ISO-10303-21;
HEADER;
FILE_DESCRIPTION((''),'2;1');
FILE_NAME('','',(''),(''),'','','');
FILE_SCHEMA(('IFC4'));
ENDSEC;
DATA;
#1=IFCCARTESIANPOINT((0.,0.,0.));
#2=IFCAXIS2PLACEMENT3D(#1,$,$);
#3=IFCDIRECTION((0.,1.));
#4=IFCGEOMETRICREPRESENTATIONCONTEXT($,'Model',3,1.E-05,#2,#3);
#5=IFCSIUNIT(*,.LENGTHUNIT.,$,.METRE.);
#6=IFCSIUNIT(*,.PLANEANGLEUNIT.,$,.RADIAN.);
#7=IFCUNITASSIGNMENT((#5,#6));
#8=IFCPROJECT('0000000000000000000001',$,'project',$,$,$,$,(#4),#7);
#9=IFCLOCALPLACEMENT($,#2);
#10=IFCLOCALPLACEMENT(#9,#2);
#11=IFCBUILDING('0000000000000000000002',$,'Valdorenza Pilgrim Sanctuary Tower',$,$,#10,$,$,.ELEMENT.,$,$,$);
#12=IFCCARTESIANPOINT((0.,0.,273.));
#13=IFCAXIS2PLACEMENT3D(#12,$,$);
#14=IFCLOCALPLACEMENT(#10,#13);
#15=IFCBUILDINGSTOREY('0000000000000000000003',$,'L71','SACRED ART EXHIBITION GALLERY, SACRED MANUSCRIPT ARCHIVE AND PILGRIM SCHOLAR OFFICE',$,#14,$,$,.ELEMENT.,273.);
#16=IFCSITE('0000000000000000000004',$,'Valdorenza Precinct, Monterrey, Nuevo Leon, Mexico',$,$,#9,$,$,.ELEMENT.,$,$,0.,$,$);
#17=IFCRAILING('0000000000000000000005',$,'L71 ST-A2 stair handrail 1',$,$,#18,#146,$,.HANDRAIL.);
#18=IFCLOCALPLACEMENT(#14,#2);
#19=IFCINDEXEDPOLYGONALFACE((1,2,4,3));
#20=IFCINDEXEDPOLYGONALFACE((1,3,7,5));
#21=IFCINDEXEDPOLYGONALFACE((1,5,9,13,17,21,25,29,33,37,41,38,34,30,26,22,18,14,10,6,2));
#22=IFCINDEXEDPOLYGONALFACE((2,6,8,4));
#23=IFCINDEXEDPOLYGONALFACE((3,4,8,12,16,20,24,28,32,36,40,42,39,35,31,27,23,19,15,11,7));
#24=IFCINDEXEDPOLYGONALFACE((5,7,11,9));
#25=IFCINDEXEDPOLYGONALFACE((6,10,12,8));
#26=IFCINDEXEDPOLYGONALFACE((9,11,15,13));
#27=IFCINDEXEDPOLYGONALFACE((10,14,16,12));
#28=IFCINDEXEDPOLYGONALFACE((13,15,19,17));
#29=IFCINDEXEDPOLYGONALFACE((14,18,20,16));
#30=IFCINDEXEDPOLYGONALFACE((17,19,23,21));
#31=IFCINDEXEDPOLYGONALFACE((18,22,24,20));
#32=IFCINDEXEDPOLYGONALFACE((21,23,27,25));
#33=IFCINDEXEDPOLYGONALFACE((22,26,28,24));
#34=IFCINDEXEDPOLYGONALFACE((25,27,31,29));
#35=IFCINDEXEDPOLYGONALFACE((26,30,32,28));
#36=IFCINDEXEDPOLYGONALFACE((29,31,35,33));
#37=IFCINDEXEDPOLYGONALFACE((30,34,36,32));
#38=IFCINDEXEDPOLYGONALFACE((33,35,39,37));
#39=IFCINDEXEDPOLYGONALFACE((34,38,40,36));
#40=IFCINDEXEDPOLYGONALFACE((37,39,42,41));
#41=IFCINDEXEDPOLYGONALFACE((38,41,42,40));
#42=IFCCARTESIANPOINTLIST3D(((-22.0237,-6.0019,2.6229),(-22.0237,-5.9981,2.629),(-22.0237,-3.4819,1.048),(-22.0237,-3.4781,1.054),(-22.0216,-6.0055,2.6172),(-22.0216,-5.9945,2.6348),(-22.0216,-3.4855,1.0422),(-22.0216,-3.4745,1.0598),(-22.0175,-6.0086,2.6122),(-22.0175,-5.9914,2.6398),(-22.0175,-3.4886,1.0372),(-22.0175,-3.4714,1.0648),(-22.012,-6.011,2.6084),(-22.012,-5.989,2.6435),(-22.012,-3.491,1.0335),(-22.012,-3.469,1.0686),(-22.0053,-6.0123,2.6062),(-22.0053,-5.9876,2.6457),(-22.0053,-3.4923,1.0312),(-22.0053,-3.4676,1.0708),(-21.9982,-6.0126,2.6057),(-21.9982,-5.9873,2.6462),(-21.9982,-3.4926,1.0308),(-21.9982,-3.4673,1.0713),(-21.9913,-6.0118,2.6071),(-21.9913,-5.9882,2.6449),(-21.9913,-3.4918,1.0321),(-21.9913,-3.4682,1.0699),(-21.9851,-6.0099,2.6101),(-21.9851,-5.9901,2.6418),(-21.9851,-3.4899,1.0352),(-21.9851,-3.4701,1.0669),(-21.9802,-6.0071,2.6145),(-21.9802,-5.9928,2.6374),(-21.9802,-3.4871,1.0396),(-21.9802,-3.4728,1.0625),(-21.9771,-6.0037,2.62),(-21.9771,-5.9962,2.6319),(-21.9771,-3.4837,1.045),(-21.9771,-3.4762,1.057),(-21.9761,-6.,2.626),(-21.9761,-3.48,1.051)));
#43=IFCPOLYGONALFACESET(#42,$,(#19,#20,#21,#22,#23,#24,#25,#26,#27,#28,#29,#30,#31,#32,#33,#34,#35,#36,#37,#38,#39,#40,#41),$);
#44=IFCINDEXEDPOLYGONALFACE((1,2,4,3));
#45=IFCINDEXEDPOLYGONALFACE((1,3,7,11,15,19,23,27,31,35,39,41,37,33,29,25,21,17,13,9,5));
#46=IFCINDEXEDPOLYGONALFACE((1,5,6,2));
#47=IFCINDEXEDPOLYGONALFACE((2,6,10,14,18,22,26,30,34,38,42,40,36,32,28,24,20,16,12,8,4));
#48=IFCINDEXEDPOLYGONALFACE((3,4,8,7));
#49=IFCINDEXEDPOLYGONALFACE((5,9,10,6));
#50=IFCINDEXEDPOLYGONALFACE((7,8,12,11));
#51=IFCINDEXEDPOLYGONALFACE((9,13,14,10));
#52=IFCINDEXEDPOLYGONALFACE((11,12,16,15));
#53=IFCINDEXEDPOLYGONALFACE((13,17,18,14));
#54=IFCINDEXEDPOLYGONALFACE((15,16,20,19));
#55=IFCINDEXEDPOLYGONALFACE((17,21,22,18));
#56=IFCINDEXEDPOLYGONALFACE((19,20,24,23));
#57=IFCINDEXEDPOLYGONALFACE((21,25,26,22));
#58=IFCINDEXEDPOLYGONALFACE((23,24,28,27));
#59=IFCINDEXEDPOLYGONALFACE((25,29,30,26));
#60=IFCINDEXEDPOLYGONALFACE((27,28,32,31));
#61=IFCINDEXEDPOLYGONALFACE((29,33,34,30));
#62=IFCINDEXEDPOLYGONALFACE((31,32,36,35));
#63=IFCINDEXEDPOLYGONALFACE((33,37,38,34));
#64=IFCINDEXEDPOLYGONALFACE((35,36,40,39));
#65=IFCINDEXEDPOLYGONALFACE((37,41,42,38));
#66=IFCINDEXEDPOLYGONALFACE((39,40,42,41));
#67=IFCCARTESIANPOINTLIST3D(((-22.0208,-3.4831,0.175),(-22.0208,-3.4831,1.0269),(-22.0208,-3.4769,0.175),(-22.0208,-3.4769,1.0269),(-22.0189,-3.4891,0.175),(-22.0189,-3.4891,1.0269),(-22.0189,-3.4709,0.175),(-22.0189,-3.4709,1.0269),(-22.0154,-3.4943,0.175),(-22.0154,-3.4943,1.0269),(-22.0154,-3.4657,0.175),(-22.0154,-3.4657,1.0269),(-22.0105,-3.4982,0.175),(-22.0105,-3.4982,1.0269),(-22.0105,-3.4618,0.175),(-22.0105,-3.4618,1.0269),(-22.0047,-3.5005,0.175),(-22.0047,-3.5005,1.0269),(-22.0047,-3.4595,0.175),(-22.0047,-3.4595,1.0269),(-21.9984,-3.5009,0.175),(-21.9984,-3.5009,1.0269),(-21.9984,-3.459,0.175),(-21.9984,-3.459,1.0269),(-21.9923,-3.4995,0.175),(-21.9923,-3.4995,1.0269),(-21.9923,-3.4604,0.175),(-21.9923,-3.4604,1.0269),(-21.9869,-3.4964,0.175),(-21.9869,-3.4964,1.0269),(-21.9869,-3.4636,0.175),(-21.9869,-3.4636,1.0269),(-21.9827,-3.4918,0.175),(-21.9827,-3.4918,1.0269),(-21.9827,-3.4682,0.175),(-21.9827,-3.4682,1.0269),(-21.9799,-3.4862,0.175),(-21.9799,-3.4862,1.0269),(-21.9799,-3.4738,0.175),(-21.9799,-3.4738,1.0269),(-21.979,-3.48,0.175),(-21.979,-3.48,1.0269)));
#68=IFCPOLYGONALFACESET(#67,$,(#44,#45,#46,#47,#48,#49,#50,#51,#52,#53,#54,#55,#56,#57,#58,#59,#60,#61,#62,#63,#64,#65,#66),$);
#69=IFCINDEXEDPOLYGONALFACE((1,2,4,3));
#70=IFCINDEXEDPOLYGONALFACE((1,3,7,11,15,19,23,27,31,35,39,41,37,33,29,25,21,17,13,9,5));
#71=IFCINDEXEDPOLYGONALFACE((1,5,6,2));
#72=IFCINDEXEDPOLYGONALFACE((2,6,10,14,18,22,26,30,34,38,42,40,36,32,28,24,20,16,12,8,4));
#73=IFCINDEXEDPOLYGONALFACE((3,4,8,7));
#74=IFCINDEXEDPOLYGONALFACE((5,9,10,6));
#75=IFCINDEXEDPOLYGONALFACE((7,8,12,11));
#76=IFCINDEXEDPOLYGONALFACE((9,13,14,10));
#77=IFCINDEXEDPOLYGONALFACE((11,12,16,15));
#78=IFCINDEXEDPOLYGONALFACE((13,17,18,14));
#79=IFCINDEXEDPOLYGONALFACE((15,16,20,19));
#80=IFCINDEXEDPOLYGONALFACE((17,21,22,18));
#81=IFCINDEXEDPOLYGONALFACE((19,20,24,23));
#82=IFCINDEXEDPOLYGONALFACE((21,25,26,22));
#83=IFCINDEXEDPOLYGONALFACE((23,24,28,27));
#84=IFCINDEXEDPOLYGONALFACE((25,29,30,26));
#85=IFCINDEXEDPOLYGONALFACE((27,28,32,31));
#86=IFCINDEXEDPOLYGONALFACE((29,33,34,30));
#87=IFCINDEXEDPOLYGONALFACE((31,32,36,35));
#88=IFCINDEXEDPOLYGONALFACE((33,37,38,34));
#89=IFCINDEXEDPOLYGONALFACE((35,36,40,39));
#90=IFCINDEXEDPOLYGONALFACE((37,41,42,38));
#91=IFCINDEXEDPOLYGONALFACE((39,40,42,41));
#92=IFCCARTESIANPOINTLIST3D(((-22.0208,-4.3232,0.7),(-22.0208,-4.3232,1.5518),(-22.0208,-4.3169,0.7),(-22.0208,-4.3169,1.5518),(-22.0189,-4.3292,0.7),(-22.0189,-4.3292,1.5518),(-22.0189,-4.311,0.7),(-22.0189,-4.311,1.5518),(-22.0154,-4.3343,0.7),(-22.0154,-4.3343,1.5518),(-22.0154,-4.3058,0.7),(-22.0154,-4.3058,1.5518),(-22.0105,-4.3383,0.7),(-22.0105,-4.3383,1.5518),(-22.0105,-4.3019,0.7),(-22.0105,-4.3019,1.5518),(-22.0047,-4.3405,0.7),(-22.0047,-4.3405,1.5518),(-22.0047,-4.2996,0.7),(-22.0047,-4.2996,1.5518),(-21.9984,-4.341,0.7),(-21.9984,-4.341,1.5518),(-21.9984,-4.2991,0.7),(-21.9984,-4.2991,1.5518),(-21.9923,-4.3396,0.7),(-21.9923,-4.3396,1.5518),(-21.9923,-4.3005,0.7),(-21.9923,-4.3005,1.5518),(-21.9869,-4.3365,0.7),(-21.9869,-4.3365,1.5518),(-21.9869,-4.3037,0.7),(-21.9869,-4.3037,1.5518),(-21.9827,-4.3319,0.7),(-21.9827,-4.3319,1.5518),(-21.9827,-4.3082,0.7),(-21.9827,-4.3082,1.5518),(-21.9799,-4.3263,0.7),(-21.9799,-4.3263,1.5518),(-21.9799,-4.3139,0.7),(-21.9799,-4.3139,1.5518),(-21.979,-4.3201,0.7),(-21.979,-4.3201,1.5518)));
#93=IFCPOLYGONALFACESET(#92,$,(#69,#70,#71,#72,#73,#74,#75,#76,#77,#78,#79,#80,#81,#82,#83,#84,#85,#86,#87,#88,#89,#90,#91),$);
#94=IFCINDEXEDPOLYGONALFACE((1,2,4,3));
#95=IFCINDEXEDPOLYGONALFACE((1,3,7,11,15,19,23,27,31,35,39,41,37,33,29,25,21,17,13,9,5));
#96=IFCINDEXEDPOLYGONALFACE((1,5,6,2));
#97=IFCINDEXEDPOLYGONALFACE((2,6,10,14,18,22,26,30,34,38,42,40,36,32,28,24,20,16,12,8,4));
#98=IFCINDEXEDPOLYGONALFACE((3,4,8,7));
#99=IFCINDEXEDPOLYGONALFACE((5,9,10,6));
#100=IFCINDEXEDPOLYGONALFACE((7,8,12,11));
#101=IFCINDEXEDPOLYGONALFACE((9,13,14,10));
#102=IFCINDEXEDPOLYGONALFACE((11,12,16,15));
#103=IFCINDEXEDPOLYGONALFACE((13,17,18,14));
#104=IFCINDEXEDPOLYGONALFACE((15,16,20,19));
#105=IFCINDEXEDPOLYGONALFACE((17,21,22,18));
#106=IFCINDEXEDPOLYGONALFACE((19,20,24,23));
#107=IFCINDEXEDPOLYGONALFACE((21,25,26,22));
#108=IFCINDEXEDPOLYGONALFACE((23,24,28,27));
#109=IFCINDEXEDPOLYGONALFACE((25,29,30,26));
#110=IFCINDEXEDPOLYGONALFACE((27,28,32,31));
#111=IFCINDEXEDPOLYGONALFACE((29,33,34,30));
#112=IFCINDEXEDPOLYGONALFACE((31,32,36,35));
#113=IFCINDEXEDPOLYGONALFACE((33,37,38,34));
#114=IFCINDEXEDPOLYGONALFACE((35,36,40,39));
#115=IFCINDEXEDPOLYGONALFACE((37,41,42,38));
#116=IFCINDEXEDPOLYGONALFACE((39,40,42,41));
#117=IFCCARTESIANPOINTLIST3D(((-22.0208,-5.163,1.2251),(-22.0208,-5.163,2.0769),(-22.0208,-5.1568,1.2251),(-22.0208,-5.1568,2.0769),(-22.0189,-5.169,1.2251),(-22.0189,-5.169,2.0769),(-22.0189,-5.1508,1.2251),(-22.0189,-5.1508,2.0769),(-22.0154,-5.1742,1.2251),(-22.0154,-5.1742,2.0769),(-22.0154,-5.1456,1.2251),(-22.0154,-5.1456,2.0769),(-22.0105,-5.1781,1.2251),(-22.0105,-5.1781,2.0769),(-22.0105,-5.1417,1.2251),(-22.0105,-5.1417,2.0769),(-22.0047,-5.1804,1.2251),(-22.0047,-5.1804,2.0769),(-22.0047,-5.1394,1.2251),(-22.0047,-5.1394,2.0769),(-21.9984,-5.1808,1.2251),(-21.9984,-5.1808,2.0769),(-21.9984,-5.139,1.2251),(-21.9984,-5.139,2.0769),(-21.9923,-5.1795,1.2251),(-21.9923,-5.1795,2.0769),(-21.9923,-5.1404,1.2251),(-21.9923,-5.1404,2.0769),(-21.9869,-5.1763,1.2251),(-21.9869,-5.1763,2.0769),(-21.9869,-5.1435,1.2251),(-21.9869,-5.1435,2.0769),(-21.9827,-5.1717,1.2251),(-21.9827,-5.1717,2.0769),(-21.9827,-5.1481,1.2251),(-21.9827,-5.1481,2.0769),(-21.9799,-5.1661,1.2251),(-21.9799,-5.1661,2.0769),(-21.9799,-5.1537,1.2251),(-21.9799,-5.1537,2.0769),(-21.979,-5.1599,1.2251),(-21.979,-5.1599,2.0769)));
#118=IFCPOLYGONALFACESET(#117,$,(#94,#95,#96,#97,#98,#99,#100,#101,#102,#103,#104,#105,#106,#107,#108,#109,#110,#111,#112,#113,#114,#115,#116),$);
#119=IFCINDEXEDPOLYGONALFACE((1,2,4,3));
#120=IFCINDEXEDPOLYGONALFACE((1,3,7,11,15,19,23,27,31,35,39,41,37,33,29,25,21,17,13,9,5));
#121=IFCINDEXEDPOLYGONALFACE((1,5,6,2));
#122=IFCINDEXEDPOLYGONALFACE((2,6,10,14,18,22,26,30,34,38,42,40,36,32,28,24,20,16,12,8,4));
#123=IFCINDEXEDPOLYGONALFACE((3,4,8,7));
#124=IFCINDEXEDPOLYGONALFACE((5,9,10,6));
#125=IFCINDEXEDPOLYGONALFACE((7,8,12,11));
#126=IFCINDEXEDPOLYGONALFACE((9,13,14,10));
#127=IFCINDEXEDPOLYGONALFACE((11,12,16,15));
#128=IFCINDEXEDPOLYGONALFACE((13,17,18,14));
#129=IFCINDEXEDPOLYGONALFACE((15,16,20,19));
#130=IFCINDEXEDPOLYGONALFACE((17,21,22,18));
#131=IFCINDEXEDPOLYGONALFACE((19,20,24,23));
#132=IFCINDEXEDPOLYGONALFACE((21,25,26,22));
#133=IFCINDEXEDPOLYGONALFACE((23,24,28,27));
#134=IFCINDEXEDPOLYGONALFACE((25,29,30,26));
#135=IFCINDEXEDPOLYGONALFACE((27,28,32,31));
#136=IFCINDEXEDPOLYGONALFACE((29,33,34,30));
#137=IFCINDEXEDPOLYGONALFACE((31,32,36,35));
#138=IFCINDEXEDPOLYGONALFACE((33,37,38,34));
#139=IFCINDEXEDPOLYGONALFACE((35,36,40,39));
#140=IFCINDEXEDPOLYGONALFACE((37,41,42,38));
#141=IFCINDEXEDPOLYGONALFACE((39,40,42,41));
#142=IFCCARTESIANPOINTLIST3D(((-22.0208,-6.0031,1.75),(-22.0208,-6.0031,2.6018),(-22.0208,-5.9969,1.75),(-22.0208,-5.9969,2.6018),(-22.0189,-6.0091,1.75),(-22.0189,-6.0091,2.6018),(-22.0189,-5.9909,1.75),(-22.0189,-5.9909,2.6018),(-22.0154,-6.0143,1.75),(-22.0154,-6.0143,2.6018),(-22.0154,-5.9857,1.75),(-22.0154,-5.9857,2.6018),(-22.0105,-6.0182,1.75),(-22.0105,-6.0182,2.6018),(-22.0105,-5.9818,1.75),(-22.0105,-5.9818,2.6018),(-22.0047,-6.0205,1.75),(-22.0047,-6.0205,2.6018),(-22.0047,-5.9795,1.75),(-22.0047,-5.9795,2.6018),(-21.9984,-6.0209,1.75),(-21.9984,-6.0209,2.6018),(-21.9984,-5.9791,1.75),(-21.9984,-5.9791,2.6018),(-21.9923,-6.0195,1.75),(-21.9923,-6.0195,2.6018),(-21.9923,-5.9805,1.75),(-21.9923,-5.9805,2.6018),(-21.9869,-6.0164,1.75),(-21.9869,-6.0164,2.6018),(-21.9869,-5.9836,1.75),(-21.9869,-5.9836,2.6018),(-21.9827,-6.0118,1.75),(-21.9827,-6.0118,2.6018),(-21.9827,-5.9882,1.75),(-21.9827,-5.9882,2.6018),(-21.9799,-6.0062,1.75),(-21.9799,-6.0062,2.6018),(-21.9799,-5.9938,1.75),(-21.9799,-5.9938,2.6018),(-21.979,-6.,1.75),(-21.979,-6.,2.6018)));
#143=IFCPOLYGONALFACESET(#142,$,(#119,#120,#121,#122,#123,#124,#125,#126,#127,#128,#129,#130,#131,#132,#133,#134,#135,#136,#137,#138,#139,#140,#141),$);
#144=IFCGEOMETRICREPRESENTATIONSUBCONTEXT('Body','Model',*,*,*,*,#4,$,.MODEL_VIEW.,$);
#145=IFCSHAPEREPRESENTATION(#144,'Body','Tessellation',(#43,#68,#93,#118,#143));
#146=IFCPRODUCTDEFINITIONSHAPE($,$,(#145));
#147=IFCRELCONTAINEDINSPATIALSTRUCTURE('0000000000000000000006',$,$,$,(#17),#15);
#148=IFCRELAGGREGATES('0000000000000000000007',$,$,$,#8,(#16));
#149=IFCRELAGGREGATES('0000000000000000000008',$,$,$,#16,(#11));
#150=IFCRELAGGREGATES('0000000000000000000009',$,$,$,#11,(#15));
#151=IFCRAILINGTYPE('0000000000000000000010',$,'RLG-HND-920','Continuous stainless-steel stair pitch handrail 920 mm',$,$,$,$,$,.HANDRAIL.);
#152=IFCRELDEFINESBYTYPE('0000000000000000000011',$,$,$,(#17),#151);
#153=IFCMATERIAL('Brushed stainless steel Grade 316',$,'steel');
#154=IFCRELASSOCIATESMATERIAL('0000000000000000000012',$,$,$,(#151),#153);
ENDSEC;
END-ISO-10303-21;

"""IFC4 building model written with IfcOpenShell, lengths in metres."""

from ifc_helpers import new_model, si_unit, direction, frame, origin, origin_2d, place, context, subcontext, project, spatial, circle, extrude, material, type_object, element, save


model = new_model("IFC4")

# Units and contexts
model_context = context("Model", 3, precision=1e-05, world=origin(), true_north=direction((0.0, 1.0)))
body_context = subcontext(model_context, "Body", "Model", "MODEL_VIEW")
ifc_project = project(units=[si_unit("LENGTHUNIT", "METRE"), si_unit("PLANEANGLEUNIT", "RADIAN")], contexts=[model_context])

# Site, building, storey
site_placement = place(None, origin())
site = spatial("IfcSite", under=ifc_project, at=site_placement, Name="Valdorenza Precinct, Monterrey, Nuevo Leon, Mexico", CompositionType="ELEMENT", RefElevation=0.0)
building_placement = place(site_placement, origin())
building = spatial("IfcBuilding", under=site, at=building_placement, Name="Valdorenza Pilgrim Sanctuary Tower", CompositionType="ELEMENT")
storey_placement = place(building_placement, frame((0.0, 0.0, 273.0)))
storey = spatial("IfcBuildingStorey", under=building, at=storey_placement, Name="L71", Description="SACRED ART EXHIBITION GALLERY, SACRED MANUSCRIPT ARCHIVE AND PILGRIM SCHOLAR OFFICE", CompositionType="ELEMENT", Elevation=273.0)

# Railing
ifc_material_1 = material(Name="Brushed stainless steel Grade 316", Category="steel")
railing_type_1 = type_object("IfcRailingType", Name="RLG-HND-920", Description="Continuous stainless-steel stair pitch handrail 920 mm", PredefinedType="HANDRAIL", material=ifc_material_1)
railing_1_placement = place(storey_placement, frame((-22.0, -3.48, 0.175)))
element("IfcRailing", 1, at=railing_1_placement, inside=storey, type_object=railing_type_1, Name="L71 ST-A2 stair handrail 1", PredefinedType="HANDRAIL", context=body_context, shape_type="SweptSolid", body=[
    extrude(circle(Radius=0.0239, at=origin_2d()), frame((0.0, 0.0, 0.876), z_axis=(0.0, -0.848008, 0.529984), x_axis=(1.0, 0.0, 0.0)), (0.0, 0.0, 1.0), 2.9717),
    extrude(circle(Radius=0.021, at=origin_2d()), origin(), (0.0, 0.0, 1.0), 0.8518),
    extrude(circle(Radius=0.021, at=origin_2d()), frame((0.0, -0.8401, 0.5249)), (0.0, 0.0, 1.0), 0.8518),
    extrude(circle(Radius=0.021, at=origin_2d()), frame((0.0, -1.6799, 1.05)), (0.0, 0.0, 1.0), 0.8518),
    extrude(circle(Radius=0.021, at=origin_2d()), frame((0.0, -2.52, 1.575)), (0.0, 0.0, 1.0), 0.8518),
])

save(model, "model.ifc")
